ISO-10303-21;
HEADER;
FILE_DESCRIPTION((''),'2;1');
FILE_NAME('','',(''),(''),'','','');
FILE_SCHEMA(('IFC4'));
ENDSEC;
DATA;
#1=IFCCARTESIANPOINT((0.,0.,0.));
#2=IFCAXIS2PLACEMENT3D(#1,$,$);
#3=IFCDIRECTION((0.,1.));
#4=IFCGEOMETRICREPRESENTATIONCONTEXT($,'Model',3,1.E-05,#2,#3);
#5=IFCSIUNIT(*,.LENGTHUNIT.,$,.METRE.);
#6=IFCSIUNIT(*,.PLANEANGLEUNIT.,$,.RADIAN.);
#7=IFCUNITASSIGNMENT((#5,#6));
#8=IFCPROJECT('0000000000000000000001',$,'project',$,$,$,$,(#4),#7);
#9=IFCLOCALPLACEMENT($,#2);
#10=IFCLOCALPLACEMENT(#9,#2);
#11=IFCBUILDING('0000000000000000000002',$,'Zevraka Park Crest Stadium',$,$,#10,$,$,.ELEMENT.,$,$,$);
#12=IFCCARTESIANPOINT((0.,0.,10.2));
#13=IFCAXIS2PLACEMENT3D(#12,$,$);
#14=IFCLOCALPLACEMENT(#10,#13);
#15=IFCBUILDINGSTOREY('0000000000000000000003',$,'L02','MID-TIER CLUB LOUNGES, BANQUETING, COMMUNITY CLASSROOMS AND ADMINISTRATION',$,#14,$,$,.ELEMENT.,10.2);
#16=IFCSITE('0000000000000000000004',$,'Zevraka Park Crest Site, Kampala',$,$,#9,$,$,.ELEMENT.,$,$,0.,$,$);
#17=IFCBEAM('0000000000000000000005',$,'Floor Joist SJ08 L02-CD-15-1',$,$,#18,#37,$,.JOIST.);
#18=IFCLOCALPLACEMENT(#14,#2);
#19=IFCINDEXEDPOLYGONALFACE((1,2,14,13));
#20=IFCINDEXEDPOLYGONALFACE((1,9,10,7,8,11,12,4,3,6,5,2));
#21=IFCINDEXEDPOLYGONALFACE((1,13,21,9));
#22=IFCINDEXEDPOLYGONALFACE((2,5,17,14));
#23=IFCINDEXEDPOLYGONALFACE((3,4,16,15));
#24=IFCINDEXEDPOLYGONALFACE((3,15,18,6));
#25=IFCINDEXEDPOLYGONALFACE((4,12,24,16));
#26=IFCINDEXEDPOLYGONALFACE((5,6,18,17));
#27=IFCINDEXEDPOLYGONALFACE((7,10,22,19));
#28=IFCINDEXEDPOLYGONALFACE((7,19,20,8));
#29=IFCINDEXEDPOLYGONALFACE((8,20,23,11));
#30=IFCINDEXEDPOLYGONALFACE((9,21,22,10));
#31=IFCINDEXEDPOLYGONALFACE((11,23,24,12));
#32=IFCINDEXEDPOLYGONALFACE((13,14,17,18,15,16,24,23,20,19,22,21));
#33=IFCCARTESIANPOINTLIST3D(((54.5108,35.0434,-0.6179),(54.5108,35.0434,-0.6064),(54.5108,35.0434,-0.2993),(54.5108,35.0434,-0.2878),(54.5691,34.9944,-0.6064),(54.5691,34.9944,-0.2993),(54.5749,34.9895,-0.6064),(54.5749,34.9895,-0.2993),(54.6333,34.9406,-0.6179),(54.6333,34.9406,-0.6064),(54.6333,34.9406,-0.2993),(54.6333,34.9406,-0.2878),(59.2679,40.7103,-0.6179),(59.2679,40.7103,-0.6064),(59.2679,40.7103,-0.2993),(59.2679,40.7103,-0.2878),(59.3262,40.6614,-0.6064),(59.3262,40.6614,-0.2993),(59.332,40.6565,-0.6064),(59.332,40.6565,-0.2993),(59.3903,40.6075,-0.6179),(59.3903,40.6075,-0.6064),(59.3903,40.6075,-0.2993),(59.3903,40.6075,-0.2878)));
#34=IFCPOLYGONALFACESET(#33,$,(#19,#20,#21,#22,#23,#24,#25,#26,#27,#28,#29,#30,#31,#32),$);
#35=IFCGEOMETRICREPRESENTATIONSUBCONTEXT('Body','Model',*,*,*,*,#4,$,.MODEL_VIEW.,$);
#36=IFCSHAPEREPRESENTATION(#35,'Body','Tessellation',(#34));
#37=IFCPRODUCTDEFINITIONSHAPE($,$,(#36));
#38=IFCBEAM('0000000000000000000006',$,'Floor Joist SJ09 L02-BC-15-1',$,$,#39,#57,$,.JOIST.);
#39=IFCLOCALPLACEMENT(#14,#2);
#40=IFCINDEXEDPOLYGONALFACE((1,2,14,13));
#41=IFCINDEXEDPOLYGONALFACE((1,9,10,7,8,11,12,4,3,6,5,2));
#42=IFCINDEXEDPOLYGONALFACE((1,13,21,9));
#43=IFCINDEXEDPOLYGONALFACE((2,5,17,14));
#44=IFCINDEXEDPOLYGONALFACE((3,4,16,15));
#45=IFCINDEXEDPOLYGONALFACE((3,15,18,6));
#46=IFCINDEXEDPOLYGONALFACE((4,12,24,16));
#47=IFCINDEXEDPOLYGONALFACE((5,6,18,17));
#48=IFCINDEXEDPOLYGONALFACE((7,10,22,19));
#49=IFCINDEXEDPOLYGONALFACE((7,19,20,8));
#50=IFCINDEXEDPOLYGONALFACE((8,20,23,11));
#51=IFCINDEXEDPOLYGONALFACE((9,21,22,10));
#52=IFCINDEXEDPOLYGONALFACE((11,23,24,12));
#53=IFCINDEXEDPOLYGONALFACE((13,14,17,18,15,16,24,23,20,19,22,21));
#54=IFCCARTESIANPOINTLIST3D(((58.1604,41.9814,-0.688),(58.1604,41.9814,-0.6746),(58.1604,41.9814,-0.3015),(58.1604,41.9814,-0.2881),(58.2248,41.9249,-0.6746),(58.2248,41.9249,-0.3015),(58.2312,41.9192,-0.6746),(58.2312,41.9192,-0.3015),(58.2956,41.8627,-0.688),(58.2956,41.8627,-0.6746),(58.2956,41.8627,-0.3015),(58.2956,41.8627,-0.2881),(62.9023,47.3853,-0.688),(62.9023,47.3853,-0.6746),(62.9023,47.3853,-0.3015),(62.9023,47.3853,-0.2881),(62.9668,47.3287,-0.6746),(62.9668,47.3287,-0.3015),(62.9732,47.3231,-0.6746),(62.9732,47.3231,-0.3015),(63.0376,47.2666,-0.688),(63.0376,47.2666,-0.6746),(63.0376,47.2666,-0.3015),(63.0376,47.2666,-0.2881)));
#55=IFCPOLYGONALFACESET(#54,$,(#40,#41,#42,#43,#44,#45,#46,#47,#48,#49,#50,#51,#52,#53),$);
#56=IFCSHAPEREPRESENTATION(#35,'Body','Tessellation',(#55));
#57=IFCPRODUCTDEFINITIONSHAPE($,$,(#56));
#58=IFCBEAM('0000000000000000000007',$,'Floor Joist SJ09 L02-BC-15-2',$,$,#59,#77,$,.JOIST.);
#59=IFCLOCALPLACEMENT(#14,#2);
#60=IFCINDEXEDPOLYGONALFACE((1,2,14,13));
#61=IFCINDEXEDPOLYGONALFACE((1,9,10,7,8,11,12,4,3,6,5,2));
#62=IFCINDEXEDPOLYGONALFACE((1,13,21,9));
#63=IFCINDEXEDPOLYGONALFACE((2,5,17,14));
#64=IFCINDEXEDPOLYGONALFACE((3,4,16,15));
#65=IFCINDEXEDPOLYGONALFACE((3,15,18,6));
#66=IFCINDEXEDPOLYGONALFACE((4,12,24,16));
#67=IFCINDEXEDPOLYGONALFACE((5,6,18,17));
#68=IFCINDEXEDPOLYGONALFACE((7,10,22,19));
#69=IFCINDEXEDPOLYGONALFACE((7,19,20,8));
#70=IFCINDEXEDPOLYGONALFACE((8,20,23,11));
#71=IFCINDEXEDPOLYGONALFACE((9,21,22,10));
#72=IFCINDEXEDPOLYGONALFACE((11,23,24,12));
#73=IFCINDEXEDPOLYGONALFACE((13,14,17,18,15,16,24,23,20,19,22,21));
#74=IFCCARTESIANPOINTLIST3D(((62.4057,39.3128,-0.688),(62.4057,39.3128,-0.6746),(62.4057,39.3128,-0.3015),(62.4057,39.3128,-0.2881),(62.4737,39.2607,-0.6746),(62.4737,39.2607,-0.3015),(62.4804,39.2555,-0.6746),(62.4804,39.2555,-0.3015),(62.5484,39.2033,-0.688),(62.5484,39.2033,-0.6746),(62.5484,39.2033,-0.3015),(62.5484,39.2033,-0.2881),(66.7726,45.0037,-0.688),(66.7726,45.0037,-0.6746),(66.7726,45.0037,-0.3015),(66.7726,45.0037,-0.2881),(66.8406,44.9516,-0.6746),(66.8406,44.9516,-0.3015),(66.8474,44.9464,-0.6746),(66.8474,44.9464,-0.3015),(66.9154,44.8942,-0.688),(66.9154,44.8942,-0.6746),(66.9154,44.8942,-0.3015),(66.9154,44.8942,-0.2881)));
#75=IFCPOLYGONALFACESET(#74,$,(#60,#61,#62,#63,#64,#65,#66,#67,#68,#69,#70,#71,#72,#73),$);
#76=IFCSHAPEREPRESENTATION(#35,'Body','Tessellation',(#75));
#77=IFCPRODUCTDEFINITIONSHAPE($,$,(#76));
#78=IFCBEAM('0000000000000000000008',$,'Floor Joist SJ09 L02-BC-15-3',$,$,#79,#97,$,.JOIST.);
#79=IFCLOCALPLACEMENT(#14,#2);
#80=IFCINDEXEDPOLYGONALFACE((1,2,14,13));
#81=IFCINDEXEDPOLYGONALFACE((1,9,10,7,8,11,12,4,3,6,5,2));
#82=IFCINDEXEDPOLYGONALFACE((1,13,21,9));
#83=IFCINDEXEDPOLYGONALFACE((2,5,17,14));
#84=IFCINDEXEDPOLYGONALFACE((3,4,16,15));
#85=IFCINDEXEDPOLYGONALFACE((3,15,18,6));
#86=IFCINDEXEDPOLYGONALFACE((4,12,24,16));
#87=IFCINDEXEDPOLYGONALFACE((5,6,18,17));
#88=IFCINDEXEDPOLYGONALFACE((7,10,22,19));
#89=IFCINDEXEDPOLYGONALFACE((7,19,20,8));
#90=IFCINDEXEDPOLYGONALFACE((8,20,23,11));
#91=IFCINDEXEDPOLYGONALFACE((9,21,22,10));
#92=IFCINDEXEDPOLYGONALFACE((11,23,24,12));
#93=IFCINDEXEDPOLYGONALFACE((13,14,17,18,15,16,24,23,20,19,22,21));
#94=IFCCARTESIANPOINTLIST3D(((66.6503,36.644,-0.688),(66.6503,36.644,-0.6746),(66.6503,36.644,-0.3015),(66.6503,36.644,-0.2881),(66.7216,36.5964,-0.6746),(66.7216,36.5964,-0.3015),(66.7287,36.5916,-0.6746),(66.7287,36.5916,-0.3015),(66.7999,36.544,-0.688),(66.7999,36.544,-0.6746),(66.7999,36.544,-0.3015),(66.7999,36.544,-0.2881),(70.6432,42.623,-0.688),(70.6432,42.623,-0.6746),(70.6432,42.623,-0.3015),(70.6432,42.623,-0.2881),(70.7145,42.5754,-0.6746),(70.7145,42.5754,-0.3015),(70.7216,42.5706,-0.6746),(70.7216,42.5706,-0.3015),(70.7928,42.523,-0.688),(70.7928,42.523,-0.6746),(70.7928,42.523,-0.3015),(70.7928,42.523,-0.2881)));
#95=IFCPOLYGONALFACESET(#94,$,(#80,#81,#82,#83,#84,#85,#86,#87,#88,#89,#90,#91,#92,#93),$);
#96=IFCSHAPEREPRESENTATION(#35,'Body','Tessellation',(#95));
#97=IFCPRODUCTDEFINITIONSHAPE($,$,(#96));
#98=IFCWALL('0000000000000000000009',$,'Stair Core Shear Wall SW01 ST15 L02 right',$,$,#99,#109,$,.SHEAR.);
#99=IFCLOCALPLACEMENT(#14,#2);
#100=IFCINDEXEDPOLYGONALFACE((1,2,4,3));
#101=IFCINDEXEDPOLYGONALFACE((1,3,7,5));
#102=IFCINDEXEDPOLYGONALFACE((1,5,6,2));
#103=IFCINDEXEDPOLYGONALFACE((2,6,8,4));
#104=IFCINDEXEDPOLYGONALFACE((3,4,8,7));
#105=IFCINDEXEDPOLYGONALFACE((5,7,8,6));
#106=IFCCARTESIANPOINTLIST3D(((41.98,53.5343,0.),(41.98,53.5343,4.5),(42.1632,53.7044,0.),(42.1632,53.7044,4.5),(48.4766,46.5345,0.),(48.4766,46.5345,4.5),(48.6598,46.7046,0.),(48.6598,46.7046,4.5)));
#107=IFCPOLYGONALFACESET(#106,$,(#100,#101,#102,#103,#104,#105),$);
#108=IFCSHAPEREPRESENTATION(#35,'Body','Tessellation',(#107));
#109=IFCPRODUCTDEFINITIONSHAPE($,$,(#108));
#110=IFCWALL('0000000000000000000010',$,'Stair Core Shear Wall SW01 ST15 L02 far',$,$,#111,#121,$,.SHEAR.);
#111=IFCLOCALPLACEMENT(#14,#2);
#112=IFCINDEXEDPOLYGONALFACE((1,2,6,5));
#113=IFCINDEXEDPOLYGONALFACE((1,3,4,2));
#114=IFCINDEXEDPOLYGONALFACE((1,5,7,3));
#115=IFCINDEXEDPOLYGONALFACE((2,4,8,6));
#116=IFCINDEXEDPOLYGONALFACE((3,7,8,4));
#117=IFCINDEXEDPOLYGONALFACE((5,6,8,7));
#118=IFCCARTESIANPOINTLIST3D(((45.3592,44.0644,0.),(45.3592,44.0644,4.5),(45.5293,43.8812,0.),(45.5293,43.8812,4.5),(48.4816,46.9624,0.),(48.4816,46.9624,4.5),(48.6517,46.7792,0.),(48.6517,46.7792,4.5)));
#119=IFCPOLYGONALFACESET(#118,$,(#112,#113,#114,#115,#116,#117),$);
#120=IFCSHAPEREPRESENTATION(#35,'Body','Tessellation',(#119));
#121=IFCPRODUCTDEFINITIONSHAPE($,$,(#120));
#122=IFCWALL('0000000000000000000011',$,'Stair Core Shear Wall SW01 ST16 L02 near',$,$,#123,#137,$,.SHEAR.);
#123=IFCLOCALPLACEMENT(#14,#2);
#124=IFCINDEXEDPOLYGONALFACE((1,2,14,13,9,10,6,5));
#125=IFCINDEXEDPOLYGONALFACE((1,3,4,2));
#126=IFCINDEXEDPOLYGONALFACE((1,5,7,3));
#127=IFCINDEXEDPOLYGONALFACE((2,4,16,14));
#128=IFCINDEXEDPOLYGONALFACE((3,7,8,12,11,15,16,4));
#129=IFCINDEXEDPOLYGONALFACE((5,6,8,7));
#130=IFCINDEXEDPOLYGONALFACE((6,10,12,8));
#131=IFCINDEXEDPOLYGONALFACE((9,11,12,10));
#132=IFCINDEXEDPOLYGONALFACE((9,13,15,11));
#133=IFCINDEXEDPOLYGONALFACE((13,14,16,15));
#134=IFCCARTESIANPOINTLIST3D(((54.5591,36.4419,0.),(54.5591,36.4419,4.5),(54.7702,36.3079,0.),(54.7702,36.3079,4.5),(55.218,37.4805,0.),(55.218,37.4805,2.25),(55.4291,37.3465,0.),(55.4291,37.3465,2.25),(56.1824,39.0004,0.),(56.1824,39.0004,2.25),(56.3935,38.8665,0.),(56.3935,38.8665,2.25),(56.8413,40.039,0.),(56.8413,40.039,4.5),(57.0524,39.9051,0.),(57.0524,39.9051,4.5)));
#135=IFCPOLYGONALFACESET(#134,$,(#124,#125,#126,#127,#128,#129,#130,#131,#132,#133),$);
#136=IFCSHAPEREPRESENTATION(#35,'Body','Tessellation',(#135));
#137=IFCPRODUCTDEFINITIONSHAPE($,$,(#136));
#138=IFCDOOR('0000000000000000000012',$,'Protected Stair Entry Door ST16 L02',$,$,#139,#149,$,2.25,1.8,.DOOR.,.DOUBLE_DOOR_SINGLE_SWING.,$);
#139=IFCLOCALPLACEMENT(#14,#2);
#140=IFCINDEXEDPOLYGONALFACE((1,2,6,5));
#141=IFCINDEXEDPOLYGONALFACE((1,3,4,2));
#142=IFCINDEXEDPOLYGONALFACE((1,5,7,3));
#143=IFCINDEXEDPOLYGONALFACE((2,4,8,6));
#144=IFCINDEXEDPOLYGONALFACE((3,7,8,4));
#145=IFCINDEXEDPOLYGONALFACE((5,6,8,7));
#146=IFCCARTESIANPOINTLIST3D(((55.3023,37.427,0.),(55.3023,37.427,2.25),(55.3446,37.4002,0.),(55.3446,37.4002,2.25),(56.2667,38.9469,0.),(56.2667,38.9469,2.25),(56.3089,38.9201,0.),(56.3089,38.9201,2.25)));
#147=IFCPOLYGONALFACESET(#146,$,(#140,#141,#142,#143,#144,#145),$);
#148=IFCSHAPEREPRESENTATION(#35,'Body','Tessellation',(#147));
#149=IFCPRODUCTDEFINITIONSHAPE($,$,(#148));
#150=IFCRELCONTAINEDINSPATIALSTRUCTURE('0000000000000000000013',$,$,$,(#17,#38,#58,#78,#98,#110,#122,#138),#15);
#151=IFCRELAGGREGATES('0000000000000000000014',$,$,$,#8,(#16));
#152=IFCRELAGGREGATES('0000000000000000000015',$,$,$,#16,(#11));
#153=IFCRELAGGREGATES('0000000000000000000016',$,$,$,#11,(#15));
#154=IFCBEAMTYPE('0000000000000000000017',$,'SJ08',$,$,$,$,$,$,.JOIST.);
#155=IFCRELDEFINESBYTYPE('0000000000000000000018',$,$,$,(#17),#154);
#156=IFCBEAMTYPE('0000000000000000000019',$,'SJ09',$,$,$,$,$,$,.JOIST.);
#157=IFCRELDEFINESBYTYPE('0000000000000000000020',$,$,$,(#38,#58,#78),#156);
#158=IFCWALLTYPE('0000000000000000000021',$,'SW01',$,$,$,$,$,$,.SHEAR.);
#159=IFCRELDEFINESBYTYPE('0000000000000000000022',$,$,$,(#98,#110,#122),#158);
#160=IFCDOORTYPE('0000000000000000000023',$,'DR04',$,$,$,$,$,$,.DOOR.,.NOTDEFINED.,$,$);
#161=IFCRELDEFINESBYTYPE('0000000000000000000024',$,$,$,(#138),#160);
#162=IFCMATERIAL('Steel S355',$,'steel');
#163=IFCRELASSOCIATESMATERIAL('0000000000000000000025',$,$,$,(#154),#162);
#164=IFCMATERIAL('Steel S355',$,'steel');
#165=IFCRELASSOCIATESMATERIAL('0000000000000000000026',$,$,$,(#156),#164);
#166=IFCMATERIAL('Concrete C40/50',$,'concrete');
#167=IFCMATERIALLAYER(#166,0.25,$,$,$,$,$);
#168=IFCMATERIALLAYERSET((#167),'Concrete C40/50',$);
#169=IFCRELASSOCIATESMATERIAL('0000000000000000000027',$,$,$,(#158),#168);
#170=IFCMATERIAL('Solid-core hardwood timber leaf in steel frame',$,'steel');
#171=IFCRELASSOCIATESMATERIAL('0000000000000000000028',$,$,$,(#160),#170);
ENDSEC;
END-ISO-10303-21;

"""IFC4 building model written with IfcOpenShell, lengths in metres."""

from ifc_helpers import new_model, si_unit, direction, frame, frame_2d, origin, origin_2d, place, context, subcontext, project, spatial, rectangle, i_section, extrude, material, layer, layer_set, material_profile, profile_set, type_object, element, fill, save


model = new_model("IFC4")

# Units and contexts
model_context = context("Model", 3, precision=1e-05, world=origin(), true_north=direction((0.0, 1.0)))
body_context = subcontext(model_context, "Body", "Model", "MODEL_VIEW")
ifc_project = project(units=[si_unit("LENGTHUNIT", "METRE"), si_unit("PLANEANGLEUNIT", "RADIAN")], contexts=[model_context])

# Site, building, storey
site_placement = place(None, origin())
site = spatial("IfcSite", under=ifc_project, at=site_placement, Name="Zevraka Park Crest Site, Kampala", CompositionType="ELEMENT", RefElevation=0.0)
building_placement = place(site_placement, origin())
building = spatial("IfcBuilding", under=site, at=building_placement, Name="Zevraka Park Crest Stadium", CompositionType="ELEMENT")
storey_placement = place(building_placement, frame((0.0, 0.0, 10.2)))
storey = spatial("IfcBuildingStorey", under=building, at=storey_placement, Name="L02", Description="MID-TIER CLUB LOUNGES, BANQUETING, COMMUNITY CLASSROOMS AND ADMINISTRATION", CompositionType="ELEMENT", Elevation=10.2)

# Beams
ifc_material_1 = material(Name="Steel S355", Category="steel")
ifc_material_profile_1 = material_profile(ifc_material_1, i_section(OverallWidth=0.1599, OverallDepth=0.3301, WebThickness=0.0076, FlangeThickness=0.0115, at=origin_2d()), Name="IPE 330")
ifc_profile_set_1 = profile_set([ifc_material_profile_1], Name="Steel S355")
beam_type_1 = type_object("IfcBeamType", Name="SJ08", PredefinedType="JOIST", material=ifc_profile_set_1)
beam_1_placement = place(storey_placement, frame((59.3291, 40.6589, -0.4529), z_axis=(-0.642939, -0.765917, 0.0), x_axis=(0.765917, -0.642939, 0.0)))
element("IfcBeam", 1, at=beam_1_placement, inside=storey, type_object=beam_type_1, Name="Floor Joist SJ08 L02-CD-15-1", PredefinedType="JOIST", context=body_context, shape_type="SweptSolid", body=[
    extrude(i_section(OverallWidth=0.1599, OverallDepth=0.3301, WebThickness=0.0076, FlangeThickness=0.0115, at=origin_2d()), origin(), (0.0, 0.0, 1.0), 7.3989),
])
ifc_material_2 = material(Name="Steel S355", Category="steel")
ifc_material_profile_2 = material_profile(ifc_material_2, i_section(OverallWidth=0.1799, OverallDepth=0.3999, WebThickness=0.0085, FlangeThickness=0.0134, at=origin_2d()), Name="IPE 400")
ifc_profile_set_2 = profile_set([ifc_material_profile_2], Name="Steel S355")
beam_type_2 = type_object("IfcBeamType", Name="SJ09", PredefinedType="JOIST", material=ifc_profile_set_2)
beam_2_placement = place(storey_placement, frame((62.97, 47.3259, -0.488), z_axis=(-0.659576, -0.751638, 0.0), x_axis=(0.751638, -0.659576, 0.0)))
element("IfcBeam", 2, at=beam_2_placement, inside=storey, type_object=beam_type_2, Name="Floor Joist SJ09 L02-BC-15-1", PredefinedType="JOIST", context=body_context, shape_type="SweptSolid", body=[
    extrude(i_section(OverallWidth=0.1799, OverallDepth=0.3999, WebThickness=0.0085, FlangeThickness=0.0134, at=origin_2d()), origin(), (0.0, 0.0, 1.0), 7.1895),
])
beam_3_placement = place(storey_placement, frame((66.844, 44.949, -0.488), z_axis=(-0.608774, -0.793343, 0.0), x_axis=(0.793343, -0.608774, 0.0)))
element("IfcBeam", 3, at=beam_3_placement, inside=storey, type_object=beam_type_2, Name="Floor Joist SJ09 L02-BC-15-2", PredefinedType="JOIST", context=body_context, shape_type="SweptSolid", body=[
    extrude(i_section(OverallWidth=0.1799, OverallDepth=0.3999, WebThickness=0.0085, FlangeThickness=0.0134, at=origin_2d()), origin(), (0.0, 0.0, 1.0), 7.1733),
])
beam_4_placement = place(storey_placement, frame((70.718, 42.573, -0.488), z_axis=(-0.555366, -0.831606, 0.0), x_axis=(0.831606, -0.555366, 0.0)))
element("IfcBeam", 4, at=beam_4_placement, inside=storey, type_object=beam_type_2, Name="Floor Joist SJ09 L02-BC-15-3", PredefinedType="JOIST", context=body_context, shape_type="SweptSolid", body=[
    extrude(i_section(OverallWidth=0.1799, OverallDepth=0.3999, WebThickness=0.0085, FlangeThickness=0.0134, at=origin_2d()), origin(), (0.0, 0.0, 1.0), 7.1897),
])

# Walls
ifc_material_3 = material(Name="Concrete C40/50", Category="concrete")
ifc_layer = layer(ifc_material_3, 0.25)
ifc_layer_set = layer_set([ifc_layer], Name="Concrete C40/50")
wall_type = type_object("IfcWallType", Name="SW01", PredefinedType="SHEAR", material=ifc_layer_set)
wall_1_placement = place(storey_placement, frame((48.5681, 46.6196, 0.0), z_axis=(0.0, 0.0, 1.0), x_axis=(-0.680272, 0.73296, 0.0)))
element("IfcWall", 5, at=wall_1_placement, inside=storey, type_object=wall_type, Name="Stair Core Shear Wall SW01 ST15 L02 right", PredefinedType="SHEAR", context=body_context, shape_type="SweptSolid", body=[
    extrude(rectangle(XDim=9.55, YDim=0.25, at=frame_2d((4.7749, 0.0))), origin(), (0.0, 0.0, 1.0), 4.5),
])
wall_2_placement = place(storey_placement, frame((45.4443, 43.9729, 0.0), z_axis=(0.0, 0.0, 1.0), x_axis=(0.732951, 0.680282, 0.0)))
element("IfcWall", 6, at=wall_2_placement, inside=storey, type_object=wall_type, Name="Stair Core Shear Wall SW01 ST15 L02 far", PredefinedType="SHEAR", context=body_context, shape_type="SweptSolid", body=[
    extrude(rectangle(XDim=4.26, YDim=0.25, at=frame_2d((2.1299, 0.0))), origin(), (0.0, 0.0, 1.0), 4.5),
])

# Wall, opening, door
wall_3_placement = place(storey_placement, frame((56.9468, 39.9719, 0.0), z_axis=(0.0, 0.0, 1.0), x_axis=(-0.535725, -0.844392, 0.0)))
wall_3 = element("IfcWall", 7, at=wall_3_placement, inside=storey, type_object=wall_type, Name="Stair Core Shear Wall SW01 ST16 L02 near", PredefinedType="SHEAR", context=body_context, shape_type="SweptSolid", body=[
    extrude(rectangle(XDim=4.26, YDim=0.25, at=frame_2d((2.1299, 0.0))), origin(), (0.0, 0.0, 1.0), 4.5),
])
opening_placement = place(wall_3_placement, frame((1.23, 0.0, 0.0)))
opening = element("IfcOpeningElement", 8, at=opening_placement, cuts=wall_3, PredefinedType="OPENING", context=body_context, shape_type="SweptSolid", body=[
    extrude(rectangle(XDim=1.8, YDim=2.25, at=frame_2d((0.8999, 1.125))), frame((0.0, 0.135, 0.0), z_axis=(0.0, -1.0, 0.0), x_axis=(1.0, 0.0, 0.0)), (0.0, 0.0, 1.0), 0.27),
])
ifc_material_4 = material(Name="Solid-core hardwood timber leaf in steel frame", Category="steel")
door_type = type_object("IfcDoorType", Name="DR04", OperationType="NOTDEFINED", PredefinedType="DOOR", material=ifc_material_4)
door_placement = place(opening_placement, origin())
door = element("IfcDoor", 9, at=door_placement, inside=storey, type_object=door_type, Name="Protected Stair Entry Door ST16 L02", OperationType="DOUBLE_DOOR_SINGLE_SWING", OverallHeight=2.25, OverallWidth=1.8, PredefinedType="DOOR", context=body_context, shape_type="SweptSolid", body=[
    extrude(rectangle(XDim=1.8, YDim=2.25, at=frame_2d((0.8999, 1.125))), frame((0.0, 0.0249, 0.0), z_axis=(0.0, -1.0, 0.0), x_axis=(1.0, 0.0, 0.0)), (0.0, 0.0, 1.0), 0.05),
])
fill(opening, door)

save(model, "model.ifc")
